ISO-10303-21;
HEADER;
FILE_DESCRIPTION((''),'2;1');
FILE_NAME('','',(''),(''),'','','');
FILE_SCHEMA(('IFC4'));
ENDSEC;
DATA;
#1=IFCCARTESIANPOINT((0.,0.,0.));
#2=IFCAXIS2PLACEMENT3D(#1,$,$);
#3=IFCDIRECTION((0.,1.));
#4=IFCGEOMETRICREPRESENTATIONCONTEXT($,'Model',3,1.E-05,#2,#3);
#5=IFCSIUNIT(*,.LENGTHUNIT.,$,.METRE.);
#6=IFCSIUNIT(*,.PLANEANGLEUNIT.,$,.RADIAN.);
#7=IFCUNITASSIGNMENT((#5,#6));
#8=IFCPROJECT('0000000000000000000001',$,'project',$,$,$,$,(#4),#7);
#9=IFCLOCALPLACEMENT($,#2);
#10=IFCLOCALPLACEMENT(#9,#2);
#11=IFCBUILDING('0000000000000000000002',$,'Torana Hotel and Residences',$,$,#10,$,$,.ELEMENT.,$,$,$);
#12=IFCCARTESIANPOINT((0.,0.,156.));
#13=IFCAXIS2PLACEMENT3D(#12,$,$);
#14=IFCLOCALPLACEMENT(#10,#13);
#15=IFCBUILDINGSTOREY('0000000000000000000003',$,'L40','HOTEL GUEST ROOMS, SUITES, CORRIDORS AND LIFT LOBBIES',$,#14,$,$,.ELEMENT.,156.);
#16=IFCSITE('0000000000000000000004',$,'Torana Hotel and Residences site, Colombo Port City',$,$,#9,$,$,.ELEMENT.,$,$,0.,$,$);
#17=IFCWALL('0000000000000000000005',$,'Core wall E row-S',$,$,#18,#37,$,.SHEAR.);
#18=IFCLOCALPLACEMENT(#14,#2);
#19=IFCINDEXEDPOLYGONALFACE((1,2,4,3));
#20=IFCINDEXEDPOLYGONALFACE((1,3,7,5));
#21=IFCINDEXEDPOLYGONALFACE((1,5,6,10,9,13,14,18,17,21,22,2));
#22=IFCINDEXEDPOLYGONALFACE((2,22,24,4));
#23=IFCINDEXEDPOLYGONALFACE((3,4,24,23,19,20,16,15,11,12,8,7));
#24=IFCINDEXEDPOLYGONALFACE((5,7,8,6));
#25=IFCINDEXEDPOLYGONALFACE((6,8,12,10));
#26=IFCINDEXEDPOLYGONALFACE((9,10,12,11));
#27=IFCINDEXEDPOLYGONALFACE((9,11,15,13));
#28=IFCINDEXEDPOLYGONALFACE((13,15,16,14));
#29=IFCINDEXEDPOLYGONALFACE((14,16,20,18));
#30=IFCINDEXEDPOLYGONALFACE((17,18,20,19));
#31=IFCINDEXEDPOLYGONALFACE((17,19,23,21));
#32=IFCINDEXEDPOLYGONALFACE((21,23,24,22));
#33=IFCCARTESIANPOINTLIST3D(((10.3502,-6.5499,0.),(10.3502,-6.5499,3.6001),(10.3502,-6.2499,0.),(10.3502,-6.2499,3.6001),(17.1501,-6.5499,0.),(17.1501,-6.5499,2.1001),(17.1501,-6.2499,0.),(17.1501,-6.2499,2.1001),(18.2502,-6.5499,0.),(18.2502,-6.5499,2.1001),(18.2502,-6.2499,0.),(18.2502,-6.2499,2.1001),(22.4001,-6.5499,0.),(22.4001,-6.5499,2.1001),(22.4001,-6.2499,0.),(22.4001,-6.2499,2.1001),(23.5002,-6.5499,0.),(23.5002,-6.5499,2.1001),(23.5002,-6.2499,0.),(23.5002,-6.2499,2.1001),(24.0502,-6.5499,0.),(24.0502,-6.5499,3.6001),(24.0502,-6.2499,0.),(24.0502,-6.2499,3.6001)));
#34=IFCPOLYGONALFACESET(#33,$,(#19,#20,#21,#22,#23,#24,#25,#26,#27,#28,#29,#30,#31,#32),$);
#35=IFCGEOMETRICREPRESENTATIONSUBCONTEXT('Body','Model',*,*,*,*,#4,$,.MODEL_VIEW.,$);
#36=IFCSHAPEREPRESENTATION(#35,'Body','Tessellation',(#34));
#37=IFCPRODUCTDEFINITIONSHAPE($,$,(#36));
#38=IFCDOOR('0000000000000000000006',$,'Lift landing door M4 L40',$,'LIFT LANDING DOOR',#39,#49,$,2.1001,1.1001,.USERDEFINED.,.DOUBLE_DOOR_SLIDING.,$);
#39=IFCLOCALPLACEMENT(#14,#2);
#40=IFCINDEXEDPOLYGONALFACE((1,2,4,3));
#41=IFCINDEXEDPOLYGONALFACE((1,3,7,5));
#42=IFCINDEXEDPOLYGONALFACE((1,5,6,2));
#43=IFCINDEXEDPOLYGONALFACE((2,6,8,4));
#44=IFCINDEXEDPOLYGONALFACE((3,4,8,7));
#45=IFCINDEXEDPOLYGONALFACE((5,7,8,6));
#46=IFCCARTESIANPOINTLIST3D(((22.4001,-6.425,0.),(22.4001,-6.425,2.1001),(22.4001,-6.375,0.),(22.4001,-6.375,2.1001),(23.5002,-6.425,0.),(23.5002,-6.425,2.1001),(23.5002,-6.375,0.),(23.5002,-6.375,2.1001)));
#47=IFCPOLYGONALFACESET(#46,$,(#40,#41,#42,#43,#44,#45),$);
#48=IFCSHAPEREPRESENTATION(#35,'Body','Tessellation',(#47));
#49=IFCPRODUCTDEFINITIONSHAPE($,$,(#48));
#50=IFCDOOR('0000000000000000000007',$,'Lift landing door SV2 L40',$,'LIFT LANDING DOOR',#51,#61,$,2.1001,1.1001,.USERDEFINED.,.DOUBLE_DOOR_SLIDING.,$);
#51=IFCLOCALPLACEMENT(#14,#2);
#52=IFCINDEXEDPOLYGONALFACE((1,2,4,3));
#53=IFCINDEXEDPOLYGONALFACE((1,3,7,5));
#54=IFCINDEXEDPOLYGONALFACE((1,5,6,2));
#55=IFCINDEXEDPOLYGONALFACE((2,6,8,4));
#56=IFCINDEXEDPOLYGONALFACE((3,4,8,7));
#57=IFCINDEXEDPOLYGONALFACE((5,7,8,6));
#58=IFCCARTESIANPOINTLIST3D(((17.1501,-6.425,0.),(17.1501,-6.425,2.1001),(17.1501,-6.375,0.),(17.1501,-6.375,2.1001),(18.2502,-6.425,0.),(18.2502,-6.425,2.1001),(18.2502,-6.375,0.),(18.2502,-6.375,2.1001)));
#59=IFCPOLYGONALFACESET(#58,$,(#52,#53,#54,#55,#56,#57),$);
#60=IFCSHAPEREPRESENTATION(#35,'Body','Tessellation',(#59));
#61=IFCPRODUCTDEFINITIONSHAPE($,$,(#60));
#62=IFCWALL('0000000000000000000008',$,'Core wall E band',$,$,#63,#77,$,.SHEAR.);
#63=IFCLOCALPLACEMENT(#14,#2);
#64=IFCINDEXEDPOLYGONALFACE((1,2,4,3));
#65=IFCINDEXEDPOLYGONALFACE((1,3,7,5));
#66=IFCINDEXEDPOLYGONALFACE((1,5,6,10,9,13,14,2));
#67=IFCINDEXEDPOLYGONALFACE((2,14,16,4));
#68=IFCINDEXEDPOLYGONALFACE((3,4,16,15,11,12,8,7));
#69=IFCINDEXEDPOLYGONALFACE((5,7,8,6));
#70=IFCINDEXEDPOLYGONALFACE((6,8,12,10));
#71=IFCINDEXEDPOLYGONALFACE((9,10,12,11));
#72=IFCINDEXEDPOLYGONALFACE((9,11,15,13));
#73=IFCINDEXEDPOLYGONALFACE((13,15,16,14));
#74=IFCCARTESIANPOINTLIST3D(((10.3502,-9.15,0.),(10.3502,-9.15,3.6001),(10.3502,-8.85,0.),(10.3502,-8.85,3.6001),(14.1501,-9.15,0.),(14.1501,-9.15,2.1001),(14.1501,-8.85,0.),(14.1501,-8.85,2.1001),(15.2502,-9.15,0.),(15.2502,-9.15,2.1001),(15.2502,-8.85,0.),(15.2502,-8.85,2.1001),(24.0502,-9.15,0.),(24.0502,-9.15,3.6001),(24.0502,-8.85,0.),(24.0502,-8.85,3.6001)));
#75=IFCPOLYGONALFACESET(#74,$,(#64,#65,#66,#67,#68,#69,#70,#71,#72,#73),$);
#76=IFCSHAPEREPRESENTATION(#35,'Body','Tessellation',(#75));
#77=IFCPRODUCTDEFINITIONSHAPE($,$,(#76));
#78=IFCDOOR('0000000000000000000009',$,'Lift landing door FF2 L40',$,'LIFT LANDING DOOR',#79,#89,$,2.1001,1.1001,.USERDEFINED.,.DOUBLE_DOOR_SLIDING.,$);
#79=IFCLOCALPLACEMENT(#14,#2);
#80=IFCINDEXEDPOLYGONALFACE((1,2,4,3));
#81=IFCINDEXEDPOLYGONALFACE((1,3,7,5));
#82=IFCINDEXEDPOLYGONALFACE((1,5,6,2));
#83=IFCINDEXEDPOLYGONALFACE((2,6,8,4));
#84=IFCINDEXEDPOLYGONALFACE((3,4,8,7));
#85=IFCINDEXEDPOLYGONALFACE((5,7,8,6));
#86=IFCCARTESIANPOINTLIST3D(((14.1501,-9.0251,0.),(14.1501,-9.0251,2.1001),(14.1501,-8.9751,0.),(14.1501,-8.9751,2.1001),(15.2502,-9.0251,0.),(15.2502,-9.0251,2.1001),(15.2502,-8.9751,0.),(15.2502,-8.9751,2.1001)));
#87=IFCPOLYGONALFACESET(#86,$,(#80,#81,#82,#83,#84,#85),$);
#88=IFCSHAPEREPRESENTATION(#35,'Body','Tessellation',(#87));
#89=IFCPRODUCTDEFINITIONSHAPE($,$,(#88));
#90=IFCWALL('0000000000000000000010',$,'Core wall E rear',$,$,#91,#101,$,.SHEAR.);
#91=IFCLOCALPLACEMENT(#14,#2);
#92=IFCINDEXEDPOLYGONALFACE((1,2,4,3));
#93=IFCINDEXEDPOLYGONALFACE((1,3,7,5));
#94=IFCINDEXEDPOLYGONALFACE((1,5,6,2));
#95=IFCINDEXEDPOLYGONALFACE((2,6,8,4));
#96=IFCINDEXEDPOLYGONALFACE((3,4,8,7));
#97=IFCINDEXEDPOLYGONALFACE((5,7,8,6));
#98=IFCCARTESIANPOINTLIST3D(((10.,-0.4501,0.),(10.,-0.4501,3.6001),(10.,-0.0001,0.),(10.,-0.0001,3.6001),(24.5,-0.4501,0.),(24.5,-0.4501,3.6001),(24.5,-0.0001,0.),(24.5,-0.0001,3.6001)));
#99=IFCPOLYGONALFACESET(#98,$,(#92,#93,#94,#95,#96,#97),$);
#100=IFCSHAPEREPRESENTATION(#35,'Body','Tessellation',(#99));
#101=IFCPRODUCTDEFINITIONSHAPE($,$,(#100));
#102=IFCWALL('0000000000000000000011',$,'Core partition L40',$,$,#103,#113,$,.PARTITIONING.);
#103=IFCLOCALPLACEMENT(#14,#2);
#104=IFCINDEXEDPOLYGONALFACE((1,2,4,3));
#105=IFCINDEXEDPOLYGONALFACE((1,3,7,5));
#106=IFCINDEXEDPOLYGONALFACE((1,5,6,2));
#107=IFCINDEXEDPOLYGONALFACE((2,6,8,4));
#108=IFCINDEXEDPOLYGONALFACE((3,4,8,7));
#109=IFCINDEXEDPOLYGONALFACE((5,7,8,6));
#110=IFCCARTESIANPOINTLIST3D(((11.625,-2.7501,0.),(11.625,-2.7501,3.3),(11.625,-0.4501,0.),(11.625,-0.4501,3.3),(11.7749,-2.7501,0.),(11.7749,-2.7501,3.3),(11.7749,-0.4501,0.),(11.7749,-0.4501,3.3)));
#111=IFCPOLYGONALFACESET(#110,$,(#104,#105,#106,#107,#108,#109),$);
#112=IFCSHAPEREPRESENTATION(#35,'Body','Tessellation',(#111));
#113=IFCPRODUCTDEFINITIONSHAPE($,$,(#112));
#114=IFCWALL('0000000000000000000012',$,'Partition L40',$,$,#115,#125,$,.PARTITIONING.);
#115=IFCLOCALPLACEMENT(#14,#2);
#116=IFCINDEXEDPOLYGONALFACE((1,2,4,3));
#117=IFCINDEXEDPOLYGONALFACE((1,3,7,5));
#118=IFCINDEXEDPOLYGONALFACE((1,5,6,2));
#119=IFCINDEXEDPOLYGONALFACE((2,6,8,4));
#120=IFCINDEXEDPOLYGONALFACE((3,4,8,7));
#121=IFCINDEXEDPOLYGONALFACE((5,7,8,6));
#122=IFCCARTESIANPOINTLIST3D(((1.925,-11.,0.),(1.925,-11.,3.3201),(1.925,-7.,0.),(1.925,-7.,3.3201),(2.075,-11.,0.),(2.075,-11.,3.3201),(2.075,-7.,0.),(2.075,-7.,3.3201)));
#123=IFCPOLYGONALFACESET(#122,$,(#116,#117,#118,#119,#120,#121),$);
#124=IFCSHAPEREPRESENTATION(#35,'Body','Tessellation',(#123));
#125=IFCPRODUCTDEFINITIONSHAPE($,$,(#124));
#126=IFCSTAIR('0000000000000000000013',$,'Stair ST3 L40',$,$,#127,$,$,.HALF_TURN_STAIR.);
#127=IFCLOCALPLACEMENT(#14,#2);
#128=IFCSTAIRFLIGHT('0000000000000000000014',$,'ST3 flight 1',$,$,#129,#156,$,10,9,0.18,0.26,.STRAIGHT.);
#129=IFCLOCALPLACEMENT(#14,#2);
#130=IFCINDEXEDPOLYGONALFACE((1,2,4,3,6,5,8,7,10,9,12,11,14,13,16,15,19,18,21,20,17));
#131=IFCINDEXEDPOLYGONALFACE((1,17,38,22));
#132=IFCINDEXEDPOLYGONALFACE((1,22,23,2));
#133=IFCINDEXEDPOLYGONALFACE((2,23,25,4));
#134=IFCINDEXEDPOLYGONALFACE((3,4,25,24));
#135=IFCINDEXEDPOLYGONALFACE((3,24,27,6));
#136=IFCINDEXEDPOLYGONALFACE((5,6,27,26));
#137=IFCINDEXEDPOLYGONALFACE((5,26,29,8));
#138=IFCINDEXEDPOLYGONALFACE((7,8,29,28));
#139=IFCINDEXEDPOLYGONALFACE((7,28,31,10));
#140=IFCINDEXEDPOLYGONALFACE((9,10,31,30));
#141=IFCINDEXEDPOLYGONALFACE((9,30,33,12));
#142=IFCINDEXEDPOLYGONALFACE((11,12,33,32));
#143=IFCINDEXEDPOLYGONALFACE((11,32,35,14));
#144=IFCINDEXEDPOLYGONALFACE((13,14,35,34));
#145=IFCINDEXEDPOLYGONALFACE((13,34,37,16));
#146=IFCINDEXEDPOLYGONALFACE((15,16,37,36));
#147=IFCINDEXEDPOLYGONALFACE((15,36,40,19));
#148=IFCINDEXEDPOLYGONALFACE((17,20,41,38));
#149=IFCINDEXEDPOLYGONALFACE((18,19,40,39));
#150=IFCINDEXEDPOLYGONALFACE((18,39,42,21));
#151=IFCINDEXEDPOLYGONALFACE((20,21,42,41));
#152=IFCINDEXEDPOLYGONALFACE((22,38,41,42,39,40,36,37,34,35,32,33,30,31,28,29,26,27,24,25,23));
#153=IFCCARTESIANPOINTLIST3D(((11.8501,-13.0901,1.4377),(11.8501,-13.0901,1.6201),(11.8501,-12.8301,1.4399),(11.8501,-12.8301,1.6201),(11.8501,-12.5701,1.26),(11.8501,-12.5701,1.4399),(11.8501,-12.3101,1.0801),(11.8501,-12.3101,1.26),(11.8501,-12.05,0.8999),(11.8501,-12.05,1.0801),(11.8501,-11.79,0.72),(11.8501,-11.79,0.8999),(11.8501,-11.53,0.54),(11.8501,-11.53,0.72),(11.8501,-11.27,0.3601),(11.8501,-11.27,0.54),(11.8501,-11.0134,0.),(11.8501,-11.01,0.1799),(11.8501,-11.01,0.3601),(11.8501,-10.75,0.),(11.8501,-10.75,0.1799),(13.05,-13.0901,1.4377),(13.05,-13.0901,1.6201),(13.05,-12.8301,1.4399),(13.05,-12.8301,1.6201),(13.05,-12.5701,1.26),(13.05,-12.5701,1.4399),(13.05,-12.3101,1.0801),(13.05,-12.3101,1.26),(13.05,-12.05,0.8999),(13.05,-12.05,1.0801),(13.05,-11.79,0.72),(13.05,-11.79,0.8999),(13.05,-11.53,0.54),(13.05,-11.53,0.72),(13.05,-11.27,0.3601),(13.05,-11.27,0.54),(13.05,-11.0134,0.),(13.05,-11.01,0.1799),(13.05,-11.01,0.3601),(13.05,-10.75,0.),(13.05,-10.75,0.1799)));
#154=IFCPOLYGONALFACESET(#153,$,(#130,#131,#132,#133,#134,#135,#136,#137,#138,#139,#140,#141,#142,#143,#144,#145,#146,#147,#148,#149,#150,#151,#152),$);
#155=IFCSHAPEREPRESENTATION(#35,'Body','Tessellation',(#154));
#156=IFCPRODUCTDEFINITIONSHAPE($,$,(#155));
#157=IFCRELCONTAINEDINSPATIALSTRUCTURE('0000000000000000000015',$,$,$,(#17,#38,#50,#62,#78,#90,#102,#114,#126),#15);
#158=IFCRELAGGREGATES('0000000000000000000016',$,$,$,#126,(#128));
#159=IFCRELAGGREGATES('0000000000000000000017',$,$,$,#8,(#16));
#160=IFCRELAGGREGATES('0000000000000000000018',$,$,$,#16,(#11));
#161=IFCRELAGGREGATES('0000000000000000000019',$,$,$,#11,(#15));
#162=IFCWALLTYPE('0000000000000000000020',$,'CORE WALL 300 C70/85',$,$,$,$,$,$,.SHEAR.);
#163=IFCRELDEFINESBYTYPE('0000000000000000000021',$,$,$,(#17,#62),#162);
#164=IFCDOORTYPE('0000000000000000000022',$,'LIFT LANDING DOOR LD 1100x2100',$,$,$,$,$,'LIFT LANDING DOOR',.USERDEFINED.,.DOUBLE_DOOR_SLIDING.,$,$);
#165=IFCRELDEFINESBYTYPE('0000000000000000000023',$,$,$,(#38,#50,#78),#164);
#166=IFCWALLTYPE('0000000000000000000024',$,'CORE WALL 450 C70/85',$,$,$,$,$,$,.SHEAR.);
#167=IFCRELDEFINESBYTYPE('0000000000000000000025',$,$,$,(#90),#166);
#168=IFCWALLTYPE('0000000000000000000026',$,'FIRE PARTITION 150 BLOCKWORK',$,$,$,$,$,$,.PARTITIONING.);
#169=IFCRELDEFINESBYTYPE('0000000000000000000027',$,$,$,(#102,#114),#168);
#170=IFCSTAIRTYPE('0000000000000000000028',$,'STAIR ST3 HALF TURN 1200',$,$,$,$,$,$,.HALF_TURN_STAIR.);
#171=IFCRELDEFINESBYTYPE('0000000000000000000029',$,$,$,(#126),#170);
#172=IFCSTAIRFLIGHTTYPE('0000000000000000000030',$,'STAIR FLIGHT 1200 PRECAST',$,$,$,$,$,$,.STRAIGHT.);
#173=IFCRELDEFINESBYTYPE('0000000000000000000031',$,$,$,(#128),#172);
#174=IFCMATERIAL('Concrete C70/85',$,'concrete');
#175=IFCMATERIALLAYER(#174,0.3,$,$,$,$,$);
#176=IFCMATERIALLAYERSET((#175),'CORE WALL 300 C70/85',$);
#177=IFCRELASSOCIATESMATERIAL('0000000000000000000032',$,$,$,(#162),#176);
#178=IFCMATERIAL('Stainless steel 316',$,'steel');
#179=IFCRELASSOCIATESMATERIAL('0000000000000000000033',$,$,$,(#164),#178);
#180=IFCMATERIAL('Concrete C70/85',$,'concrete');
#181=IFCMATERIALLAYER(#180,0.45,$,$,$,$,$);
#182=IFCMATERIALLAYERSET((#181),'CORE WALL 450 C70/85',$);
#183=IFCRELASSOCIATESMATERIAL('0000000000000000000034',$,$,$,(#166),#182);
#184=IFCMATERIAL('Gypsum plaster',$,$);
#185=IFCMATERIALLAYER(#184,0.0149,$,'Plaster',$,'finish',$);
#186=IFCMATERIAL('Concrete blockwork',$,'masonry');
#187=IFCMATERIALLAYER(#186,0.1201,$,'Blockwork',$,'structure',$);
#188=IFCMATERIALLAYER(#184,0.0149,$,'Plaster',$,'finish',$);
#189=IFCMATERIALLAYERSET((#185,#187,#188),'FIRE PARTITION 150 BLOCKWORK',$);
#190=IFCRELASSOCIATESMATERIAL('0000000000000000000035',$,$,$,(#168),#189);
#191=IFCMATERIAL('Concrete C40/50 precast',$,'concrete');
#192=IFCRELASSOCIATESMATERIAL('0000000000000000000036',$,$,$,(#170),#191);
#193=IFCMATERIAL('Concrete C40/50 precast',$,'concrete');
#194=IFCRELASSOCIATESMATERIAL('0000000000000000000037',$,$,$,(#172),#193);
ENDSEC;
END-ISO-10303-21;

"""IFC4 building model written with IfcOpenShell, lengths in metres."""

from ifc_helpers import new_model, si_unit, direction, frame, frame_2d, origin, place, context, subcontext, project, spatial, polyline, rectangle, outline, extrude, material, layer, layer_set, type_object, element, fill, aggregate, save


model = new_model("IFC4")

# Units and contexts
model_context = context("Model", 3, precision=1e-05, world=origin(), true_north=direction((0.0, 1.0)))
body_context = subcontext(model_context, "Body", "Model", "MODEL_VIEW")
ifc_project = project(units=[si_unit("LENGTHUNIT", "METRE"), si_unit("PLANEANGLEUNIT", "RADIAN")], contexts=[model_context])

# Site, building, storey
site_placement = place(None, origin())
site = spatial("IfcSite", under=ifc_project, at=site_placement, Name="Torana Hotel and Residences site, Colombo Port City", CompositionType="ELEMENT", RefElevation=0.0)
building_placement = place(site_placement, origin())
building = spatial("IfcBuilding", under=site, at=building_placement, Name="Torana Hotel and Residences", CompositionType="ELEMENT")
storey_placement = place(building_placement, frame((0.0, 0.0, 156.0)))
storey = spatial("IfcBuildingStorey", under=building, at=storey_placement, Name="L40", Description="HOTEL GUEST ROOMS, SUITES, CORRIDORS AND LIFT LOBBIES", CompositionType="ELEMENT", Elevation=156.0)

# Wall, openings, doors
ifc_material_1 = material(Name="Concrete C70/85", Category="concrete")
ifc_layer_1 = layer(ifc_material_1, 0.3)
ifc_layer_set_1 = layer_set([ifc_layer_1], Name="CORE WALL 300 C70/85")
wall_type_1 = type_object("IfcWallType", Name="CORE WALL 300 C70/85", PredefinedType="SHEAR", material=ifc_layer_set_1)
ifc_material_2 = material(Name="Stainless steel 316", Category="steel")
door_type_1 = type_object("IfcDoorType", Name="LIFT LANDING DOOR LD 1100x2100", ElementType="LIFT LANDING DOOR", OperationType="DOUBLE_DOOR_SLIDING", PredefinedType="USERDEFINED", material=ifc_material_2)
wall_1_placement = place(storey_placement, frame((10.3501, -6.3999, 0.0), z_axis=(0.0, 0.0, 1.0), x_axis=(1.0, 0.0, 0.0)))
wall_1 = element("IfcWall", 1, at=wall_1_placement, inside=storey, type_object=wall_type_1, Name="Core wall E row-S", PredefinedType="SHEAR", context=body_context, shape_type="SweptSolid", body=[
    extrude(rectangle(XDim=13.7, YDim=0.3, at=frame_2d((6.8501, 0.0))), origin(), (0.0, 0.0, 1.0), 3.6001),
])
opening_1_placement = place(wall_1_placement, frame((12.05, 0.0, 0.0)))
opening_1 = element("IfcOpeningElement", 2, at=opening_1_placement, cuts=wall_1, PredefinedType="OPENING", context=body_context, shape_type="SweptSolid", body=[
    extrude(rectangle(XDim=1.1001, YDim=2.1001, at=frame_2d((0.55, 1.05))), frame((0.0, 0.1599, 0.0), z_axis=(0.0, -1.0, 0.0), x_axis=(1.0, 0.0, 0.0)), (0.0, 0.0, 1.0), 0.3201),
])
opening_2_placement = place(wall_1_placement, frame((6.8, 0.0, 0.0)))
opening_2 = element("IfcOpeningElement", 3, at=opening_2_placement, cuts=wall_1, PredefinedType="OPENING", context=body_context, shape_type="SweptSolid", body=[
    extrude(rectangle(XDim=1.1001, YDim=2.1001, at=frame_2d((0.55, 1.05))), frame((0.0, 0.1599, 0.0), z_axis=(0.0, -1.0, 0.0), x_axis=(1.0, 0.0, 0.0)), (0.0, 0.0, 1.0), 0.3201),
])
door_1_placement = place(opening_1_placement, origin())
door_1 = element("IfcDoor", 4, at=door_1_placement, inside=storey, type_object=door_type_1, Name="Lift landing door M4 L40", ObjectType="LIFT LANDING DOOR", OperationType="DOUBLE_DOOR_SLIDING", OverallHeight=2.1001, OverallWidth=1.1001, PredefinedType="USERDEFINED", context=body_context, shape_type="SweptSolid", body=[
    extrude(rectangle(XDim=1.1001, YDim=2.1001, at=frame_2d((0.55, 1.05))), frame((0.0, 0.0249, 0.0), z_axis=(0.0, -1.0, 0.0), x_axis=(1.0, 0.0, 0.0)), (0.0, 0.0, 1.0), 0.05),
])
fill(opening_1, door_1)
door_2_placement = place(opening_2_placement, origin())
door_2 = element("IfcDoor", 5, at=door_2_placement, inside=storey, type_object=door_type_1, Name="Lift landing door SV2 L40", ObjectType="LIFT LANDING DOOR", OperationType="DOUBLE_DOOR_SLIDING", OverallHeight=2.1001, OverallWidth=1.1001, PredefinedType="USERDEFINED", context=body_context, shape_type="SweptSolid", body=[
    extrude(rectangle(XDim=1.1001, YDim=2.1001, at=frame_2d((0.55, 1.05))), frame((0.0, 0.0249, 0.0), z_axis=(0.0, -1.0, 0.0), x_axis=(1.0, 0.0, 0.0)), (0.0, 0.0, 1.0), 0.05),
])
fill(opening_2, door_2)

# Wall, opening, door
wall_2_placement = place(storey_placement, frame((10.3501, -9.0, 0.0), z_axis=(0.0, 0.0, 1.0), x_axis=(1.0, 0.0, 0.0)))
wall_2 = element("IfcWall", 6, at=wall_2_placement, inside=storey, type_object=wall_type_1, Name="Core wall E band", PredefinedType="SHEAR", context=body_context, shape_type="SweptSolid", body=[
    extrude(rectangle(XDim=13.7, YDim=0.3, at=frame_2d((6.8501, 0.0))), origin(), (0.0, 0.0, 1.0), 3.6001),
])
opening_3_placement = place(wall_2_placement, frame((3.8, 0.0, 0.0)))
opening_3 = element("IfcOpeningElement", 7, at=opening_3_placement, cuts=wall_2, PredefinedType="OPENING", context=body_context, shape_type="SweptSolid", body=[
    extrude(rectangle(XDim=1.1001, YDim=2.1001, at=frame_2d((0.55, 1.05))), frame((0.0, 0.1599, 0.0), z_axis=(0.0, -1.0, 0.0), x_axis=(1.0, 0.0, 0.0)), (0.0, 0.0, 1.0), 0.3201),
])
door_3_placement = place(opening_3_placement, origin())
door_3 = element("IfcDoor", 8, at=door_3_placement, inside=storey, type_object=door_type_1, Name="Lift landing door FF2 L40", ObjectType="LIFT LANDING DOOR", OperationType="DOUBLE_DOOR_SLIDING", OverallHeight=2.1001, OverallWidth=1.1001, PredefinedType="USERDEFINED", context=body_context, shape_type="SweptSolid", body=[
    extrude(rectangle(XDim=1.1001, YDim=2.1001, at=frame_2d((0.55, 1.05))), frame((0.0, 0.0249, 0.0), z_axis=(0.0, -1.0, 0.0), x_axis=(1.0, 0.0, 0.0)), (0.0, 0.0, 1.0), 0.05),
])
fill(opening_3, door_3)

# Walls
ifc_material_3 = material(Name="Concrete C70/85", Category="concrete")
ifc_layer_2 = layer(ifc_material_3, 0.45)
ifc_layer_set_2 = layer_set([ifc_layer_2], Name="CORE WALL 450 C70/85")
wall_type_2 = type_object("IfcWallType", Name="CORE WALL 450 C70/85", PredefinedType="SHEAR", material=ifc_layer_set_2)
wall_3_placement = place(storey_placement, frame((10.0, -0.2251, 0.0), z_axis=(0.0, 0.0, 1.0), x_axis=(1.0, 0.0, 0.0)))
element("IfcWall", 9, at=wall_3_placement, inside=storey, type_object=wall_type_2, Name="Core wall E rear", PredefinedType="SHEAR", context=body_context, shape_type="SweptSolid", body=[
    extrude(rectangle(XDim=14.5, YDim=0.45, at=frame_2d((7.25, 0.0))), origin(), (0.0, 0.0, 1.0), 3.6001),
])
ifc_material_4 = material(Name="Gypsum plaster")
ifc_layer_3 = layer(ifc_material_4, 0.0149, Name="Plaster", Category="finish")
ifc_material_5 = material(Name="Concrete blockwork", Category="masonry")
ifc_layer_4 = layer(ifc_material_5, 0.1201, Name="Blockwork", Category="structure")
ifc_layer_5 = layer(ifc_material_4, 0.0149, Name="Plaster", Category="finish")
ifc_layer_set_3 = layer_set([ifc_layer_3, ifc_layer_4, ifc_layer_5], Name="FIRE PARTITION 150 BLOCKWORK")
wall_type_3 = type_object("IfcWallType", Name="FIRE PARTITION 150 BLOCKWORK", PredefinedType="PARTITIONING", material=ifc_layer_set_3)
wall_4_placement = place(storey_placement, frame((11.7, -2.75, 0.0), z_axis=(0.0, 0.0, 1.0), x_axis=(0.0, 1.0, 0.0)))
element("IfcWall", 10, at=wall_4_placement, inside=storey, type_object=wall_type_3, Name="Core partition L40", PredefinedType="PARTITIONING", context=body_context, shape_type="SweptSolid", body=[
    extrude(rectangle(XDim=2.3, YDim=0.1499, at=frame_2d((1.1499, 0.0))), origin(), (0.0, 0.0, 1.0), 3.3),
])
wall_5_placement = place(storey_placement, frame((2.0, -11.0, 0.0), z_axis=(0.0, 0.0, 1.0), x_axis=(0.0, 1.0, 0.0)))
element("IfcWall", 11, at=wall_5_placement, inside=storey, type_object=wall_type_3, Name="Partition L40", PredefinedType="PARTITIONING", context=body_context, shape_type="SweptSolid", body=[
    extrude(rectangle(XDim=4.0, YDim=0.1499, at=frame_2d((2.0, 0.0))), origin(), (0.0, 0.0, 1.0), 3.3201),
])

# Stair, stair flight
ifc_material_6 = material(Name="Concrete C40/50 precast", Category="concrete")
stair_type = type_object("IfcStairType", Name="STAIR ST3 HALF TURN 1200", PredefinedType="HALF_TURN_STAIR", material=ifc_material_6)
stair_placement = place(storey_placement, origin())
stair = element("IfcStair", 12, at=stair_placement, inside=storey, type_object=stair_type, Name="Stair ST3 L40", PredefinedType="HALF_TURN_STAIR")
ifc_material_7 = material(Name="Concrete C40/50 precast", Category="concrete")
stair_flight_type = type_object("IfcStairFlightType", Name="STAIR FLIGHT 1200 PRECAST", PredefinedType="STRAIGHT", material=ifc_material_7)
stair_flight_1_placement = place(storey_placement, frame((12.45, -10.75, 0.0), z_axis=(0.0, 0.0, 1.0), x_axis=(0.0, -1.0, 0.0)))
stair_flight_1 = element("IfcStairFlight", 13, at=stair_flight_1_placement, type_object=stair_flight_type, Name="ST3 flight 1", NumberOfRisers=10, NumberOfTreads=9, PredefinedType="STRAIGHT", RiserHeight=0.18, TreadLength=0.26, context=body_context, shape_type="SweptSolid", body=[
    extrude(outline(polyline([(0.0, 0.0), (0.0, 0.1799), (0.26, 0.1799), (0.26, 0.3601), (0.52, 0.3601), (0.52, 0.54), (0.78, 0.54), (0.78, 0.72), (1.04, 0.72), (1.04, 0.8999), (1.3, 0.8999), (1.3, 1.0801), (1.5601, 1.0801), (1.5601, 1.26), (1.8201, 1.26), (1.8201, 1.4399), (2.0801, 1.4399), (2.0801, 1.6201), (2.3401, 1.6201), (2.3401, 1.8), (2.3401, 1.4377), (0.2634, 0.0), (0.0, 0.0)])), frame((0.0, 0.6001, 0.0), z_axis=(0.0, -1.0, 0.0), x_axis=(1.0, 0.0, 0.0)), (0.0, 0.0, 1.0), 1.2),
])
aggregate(stair, [stair_flight_1])

save(model, "model.ifc")
